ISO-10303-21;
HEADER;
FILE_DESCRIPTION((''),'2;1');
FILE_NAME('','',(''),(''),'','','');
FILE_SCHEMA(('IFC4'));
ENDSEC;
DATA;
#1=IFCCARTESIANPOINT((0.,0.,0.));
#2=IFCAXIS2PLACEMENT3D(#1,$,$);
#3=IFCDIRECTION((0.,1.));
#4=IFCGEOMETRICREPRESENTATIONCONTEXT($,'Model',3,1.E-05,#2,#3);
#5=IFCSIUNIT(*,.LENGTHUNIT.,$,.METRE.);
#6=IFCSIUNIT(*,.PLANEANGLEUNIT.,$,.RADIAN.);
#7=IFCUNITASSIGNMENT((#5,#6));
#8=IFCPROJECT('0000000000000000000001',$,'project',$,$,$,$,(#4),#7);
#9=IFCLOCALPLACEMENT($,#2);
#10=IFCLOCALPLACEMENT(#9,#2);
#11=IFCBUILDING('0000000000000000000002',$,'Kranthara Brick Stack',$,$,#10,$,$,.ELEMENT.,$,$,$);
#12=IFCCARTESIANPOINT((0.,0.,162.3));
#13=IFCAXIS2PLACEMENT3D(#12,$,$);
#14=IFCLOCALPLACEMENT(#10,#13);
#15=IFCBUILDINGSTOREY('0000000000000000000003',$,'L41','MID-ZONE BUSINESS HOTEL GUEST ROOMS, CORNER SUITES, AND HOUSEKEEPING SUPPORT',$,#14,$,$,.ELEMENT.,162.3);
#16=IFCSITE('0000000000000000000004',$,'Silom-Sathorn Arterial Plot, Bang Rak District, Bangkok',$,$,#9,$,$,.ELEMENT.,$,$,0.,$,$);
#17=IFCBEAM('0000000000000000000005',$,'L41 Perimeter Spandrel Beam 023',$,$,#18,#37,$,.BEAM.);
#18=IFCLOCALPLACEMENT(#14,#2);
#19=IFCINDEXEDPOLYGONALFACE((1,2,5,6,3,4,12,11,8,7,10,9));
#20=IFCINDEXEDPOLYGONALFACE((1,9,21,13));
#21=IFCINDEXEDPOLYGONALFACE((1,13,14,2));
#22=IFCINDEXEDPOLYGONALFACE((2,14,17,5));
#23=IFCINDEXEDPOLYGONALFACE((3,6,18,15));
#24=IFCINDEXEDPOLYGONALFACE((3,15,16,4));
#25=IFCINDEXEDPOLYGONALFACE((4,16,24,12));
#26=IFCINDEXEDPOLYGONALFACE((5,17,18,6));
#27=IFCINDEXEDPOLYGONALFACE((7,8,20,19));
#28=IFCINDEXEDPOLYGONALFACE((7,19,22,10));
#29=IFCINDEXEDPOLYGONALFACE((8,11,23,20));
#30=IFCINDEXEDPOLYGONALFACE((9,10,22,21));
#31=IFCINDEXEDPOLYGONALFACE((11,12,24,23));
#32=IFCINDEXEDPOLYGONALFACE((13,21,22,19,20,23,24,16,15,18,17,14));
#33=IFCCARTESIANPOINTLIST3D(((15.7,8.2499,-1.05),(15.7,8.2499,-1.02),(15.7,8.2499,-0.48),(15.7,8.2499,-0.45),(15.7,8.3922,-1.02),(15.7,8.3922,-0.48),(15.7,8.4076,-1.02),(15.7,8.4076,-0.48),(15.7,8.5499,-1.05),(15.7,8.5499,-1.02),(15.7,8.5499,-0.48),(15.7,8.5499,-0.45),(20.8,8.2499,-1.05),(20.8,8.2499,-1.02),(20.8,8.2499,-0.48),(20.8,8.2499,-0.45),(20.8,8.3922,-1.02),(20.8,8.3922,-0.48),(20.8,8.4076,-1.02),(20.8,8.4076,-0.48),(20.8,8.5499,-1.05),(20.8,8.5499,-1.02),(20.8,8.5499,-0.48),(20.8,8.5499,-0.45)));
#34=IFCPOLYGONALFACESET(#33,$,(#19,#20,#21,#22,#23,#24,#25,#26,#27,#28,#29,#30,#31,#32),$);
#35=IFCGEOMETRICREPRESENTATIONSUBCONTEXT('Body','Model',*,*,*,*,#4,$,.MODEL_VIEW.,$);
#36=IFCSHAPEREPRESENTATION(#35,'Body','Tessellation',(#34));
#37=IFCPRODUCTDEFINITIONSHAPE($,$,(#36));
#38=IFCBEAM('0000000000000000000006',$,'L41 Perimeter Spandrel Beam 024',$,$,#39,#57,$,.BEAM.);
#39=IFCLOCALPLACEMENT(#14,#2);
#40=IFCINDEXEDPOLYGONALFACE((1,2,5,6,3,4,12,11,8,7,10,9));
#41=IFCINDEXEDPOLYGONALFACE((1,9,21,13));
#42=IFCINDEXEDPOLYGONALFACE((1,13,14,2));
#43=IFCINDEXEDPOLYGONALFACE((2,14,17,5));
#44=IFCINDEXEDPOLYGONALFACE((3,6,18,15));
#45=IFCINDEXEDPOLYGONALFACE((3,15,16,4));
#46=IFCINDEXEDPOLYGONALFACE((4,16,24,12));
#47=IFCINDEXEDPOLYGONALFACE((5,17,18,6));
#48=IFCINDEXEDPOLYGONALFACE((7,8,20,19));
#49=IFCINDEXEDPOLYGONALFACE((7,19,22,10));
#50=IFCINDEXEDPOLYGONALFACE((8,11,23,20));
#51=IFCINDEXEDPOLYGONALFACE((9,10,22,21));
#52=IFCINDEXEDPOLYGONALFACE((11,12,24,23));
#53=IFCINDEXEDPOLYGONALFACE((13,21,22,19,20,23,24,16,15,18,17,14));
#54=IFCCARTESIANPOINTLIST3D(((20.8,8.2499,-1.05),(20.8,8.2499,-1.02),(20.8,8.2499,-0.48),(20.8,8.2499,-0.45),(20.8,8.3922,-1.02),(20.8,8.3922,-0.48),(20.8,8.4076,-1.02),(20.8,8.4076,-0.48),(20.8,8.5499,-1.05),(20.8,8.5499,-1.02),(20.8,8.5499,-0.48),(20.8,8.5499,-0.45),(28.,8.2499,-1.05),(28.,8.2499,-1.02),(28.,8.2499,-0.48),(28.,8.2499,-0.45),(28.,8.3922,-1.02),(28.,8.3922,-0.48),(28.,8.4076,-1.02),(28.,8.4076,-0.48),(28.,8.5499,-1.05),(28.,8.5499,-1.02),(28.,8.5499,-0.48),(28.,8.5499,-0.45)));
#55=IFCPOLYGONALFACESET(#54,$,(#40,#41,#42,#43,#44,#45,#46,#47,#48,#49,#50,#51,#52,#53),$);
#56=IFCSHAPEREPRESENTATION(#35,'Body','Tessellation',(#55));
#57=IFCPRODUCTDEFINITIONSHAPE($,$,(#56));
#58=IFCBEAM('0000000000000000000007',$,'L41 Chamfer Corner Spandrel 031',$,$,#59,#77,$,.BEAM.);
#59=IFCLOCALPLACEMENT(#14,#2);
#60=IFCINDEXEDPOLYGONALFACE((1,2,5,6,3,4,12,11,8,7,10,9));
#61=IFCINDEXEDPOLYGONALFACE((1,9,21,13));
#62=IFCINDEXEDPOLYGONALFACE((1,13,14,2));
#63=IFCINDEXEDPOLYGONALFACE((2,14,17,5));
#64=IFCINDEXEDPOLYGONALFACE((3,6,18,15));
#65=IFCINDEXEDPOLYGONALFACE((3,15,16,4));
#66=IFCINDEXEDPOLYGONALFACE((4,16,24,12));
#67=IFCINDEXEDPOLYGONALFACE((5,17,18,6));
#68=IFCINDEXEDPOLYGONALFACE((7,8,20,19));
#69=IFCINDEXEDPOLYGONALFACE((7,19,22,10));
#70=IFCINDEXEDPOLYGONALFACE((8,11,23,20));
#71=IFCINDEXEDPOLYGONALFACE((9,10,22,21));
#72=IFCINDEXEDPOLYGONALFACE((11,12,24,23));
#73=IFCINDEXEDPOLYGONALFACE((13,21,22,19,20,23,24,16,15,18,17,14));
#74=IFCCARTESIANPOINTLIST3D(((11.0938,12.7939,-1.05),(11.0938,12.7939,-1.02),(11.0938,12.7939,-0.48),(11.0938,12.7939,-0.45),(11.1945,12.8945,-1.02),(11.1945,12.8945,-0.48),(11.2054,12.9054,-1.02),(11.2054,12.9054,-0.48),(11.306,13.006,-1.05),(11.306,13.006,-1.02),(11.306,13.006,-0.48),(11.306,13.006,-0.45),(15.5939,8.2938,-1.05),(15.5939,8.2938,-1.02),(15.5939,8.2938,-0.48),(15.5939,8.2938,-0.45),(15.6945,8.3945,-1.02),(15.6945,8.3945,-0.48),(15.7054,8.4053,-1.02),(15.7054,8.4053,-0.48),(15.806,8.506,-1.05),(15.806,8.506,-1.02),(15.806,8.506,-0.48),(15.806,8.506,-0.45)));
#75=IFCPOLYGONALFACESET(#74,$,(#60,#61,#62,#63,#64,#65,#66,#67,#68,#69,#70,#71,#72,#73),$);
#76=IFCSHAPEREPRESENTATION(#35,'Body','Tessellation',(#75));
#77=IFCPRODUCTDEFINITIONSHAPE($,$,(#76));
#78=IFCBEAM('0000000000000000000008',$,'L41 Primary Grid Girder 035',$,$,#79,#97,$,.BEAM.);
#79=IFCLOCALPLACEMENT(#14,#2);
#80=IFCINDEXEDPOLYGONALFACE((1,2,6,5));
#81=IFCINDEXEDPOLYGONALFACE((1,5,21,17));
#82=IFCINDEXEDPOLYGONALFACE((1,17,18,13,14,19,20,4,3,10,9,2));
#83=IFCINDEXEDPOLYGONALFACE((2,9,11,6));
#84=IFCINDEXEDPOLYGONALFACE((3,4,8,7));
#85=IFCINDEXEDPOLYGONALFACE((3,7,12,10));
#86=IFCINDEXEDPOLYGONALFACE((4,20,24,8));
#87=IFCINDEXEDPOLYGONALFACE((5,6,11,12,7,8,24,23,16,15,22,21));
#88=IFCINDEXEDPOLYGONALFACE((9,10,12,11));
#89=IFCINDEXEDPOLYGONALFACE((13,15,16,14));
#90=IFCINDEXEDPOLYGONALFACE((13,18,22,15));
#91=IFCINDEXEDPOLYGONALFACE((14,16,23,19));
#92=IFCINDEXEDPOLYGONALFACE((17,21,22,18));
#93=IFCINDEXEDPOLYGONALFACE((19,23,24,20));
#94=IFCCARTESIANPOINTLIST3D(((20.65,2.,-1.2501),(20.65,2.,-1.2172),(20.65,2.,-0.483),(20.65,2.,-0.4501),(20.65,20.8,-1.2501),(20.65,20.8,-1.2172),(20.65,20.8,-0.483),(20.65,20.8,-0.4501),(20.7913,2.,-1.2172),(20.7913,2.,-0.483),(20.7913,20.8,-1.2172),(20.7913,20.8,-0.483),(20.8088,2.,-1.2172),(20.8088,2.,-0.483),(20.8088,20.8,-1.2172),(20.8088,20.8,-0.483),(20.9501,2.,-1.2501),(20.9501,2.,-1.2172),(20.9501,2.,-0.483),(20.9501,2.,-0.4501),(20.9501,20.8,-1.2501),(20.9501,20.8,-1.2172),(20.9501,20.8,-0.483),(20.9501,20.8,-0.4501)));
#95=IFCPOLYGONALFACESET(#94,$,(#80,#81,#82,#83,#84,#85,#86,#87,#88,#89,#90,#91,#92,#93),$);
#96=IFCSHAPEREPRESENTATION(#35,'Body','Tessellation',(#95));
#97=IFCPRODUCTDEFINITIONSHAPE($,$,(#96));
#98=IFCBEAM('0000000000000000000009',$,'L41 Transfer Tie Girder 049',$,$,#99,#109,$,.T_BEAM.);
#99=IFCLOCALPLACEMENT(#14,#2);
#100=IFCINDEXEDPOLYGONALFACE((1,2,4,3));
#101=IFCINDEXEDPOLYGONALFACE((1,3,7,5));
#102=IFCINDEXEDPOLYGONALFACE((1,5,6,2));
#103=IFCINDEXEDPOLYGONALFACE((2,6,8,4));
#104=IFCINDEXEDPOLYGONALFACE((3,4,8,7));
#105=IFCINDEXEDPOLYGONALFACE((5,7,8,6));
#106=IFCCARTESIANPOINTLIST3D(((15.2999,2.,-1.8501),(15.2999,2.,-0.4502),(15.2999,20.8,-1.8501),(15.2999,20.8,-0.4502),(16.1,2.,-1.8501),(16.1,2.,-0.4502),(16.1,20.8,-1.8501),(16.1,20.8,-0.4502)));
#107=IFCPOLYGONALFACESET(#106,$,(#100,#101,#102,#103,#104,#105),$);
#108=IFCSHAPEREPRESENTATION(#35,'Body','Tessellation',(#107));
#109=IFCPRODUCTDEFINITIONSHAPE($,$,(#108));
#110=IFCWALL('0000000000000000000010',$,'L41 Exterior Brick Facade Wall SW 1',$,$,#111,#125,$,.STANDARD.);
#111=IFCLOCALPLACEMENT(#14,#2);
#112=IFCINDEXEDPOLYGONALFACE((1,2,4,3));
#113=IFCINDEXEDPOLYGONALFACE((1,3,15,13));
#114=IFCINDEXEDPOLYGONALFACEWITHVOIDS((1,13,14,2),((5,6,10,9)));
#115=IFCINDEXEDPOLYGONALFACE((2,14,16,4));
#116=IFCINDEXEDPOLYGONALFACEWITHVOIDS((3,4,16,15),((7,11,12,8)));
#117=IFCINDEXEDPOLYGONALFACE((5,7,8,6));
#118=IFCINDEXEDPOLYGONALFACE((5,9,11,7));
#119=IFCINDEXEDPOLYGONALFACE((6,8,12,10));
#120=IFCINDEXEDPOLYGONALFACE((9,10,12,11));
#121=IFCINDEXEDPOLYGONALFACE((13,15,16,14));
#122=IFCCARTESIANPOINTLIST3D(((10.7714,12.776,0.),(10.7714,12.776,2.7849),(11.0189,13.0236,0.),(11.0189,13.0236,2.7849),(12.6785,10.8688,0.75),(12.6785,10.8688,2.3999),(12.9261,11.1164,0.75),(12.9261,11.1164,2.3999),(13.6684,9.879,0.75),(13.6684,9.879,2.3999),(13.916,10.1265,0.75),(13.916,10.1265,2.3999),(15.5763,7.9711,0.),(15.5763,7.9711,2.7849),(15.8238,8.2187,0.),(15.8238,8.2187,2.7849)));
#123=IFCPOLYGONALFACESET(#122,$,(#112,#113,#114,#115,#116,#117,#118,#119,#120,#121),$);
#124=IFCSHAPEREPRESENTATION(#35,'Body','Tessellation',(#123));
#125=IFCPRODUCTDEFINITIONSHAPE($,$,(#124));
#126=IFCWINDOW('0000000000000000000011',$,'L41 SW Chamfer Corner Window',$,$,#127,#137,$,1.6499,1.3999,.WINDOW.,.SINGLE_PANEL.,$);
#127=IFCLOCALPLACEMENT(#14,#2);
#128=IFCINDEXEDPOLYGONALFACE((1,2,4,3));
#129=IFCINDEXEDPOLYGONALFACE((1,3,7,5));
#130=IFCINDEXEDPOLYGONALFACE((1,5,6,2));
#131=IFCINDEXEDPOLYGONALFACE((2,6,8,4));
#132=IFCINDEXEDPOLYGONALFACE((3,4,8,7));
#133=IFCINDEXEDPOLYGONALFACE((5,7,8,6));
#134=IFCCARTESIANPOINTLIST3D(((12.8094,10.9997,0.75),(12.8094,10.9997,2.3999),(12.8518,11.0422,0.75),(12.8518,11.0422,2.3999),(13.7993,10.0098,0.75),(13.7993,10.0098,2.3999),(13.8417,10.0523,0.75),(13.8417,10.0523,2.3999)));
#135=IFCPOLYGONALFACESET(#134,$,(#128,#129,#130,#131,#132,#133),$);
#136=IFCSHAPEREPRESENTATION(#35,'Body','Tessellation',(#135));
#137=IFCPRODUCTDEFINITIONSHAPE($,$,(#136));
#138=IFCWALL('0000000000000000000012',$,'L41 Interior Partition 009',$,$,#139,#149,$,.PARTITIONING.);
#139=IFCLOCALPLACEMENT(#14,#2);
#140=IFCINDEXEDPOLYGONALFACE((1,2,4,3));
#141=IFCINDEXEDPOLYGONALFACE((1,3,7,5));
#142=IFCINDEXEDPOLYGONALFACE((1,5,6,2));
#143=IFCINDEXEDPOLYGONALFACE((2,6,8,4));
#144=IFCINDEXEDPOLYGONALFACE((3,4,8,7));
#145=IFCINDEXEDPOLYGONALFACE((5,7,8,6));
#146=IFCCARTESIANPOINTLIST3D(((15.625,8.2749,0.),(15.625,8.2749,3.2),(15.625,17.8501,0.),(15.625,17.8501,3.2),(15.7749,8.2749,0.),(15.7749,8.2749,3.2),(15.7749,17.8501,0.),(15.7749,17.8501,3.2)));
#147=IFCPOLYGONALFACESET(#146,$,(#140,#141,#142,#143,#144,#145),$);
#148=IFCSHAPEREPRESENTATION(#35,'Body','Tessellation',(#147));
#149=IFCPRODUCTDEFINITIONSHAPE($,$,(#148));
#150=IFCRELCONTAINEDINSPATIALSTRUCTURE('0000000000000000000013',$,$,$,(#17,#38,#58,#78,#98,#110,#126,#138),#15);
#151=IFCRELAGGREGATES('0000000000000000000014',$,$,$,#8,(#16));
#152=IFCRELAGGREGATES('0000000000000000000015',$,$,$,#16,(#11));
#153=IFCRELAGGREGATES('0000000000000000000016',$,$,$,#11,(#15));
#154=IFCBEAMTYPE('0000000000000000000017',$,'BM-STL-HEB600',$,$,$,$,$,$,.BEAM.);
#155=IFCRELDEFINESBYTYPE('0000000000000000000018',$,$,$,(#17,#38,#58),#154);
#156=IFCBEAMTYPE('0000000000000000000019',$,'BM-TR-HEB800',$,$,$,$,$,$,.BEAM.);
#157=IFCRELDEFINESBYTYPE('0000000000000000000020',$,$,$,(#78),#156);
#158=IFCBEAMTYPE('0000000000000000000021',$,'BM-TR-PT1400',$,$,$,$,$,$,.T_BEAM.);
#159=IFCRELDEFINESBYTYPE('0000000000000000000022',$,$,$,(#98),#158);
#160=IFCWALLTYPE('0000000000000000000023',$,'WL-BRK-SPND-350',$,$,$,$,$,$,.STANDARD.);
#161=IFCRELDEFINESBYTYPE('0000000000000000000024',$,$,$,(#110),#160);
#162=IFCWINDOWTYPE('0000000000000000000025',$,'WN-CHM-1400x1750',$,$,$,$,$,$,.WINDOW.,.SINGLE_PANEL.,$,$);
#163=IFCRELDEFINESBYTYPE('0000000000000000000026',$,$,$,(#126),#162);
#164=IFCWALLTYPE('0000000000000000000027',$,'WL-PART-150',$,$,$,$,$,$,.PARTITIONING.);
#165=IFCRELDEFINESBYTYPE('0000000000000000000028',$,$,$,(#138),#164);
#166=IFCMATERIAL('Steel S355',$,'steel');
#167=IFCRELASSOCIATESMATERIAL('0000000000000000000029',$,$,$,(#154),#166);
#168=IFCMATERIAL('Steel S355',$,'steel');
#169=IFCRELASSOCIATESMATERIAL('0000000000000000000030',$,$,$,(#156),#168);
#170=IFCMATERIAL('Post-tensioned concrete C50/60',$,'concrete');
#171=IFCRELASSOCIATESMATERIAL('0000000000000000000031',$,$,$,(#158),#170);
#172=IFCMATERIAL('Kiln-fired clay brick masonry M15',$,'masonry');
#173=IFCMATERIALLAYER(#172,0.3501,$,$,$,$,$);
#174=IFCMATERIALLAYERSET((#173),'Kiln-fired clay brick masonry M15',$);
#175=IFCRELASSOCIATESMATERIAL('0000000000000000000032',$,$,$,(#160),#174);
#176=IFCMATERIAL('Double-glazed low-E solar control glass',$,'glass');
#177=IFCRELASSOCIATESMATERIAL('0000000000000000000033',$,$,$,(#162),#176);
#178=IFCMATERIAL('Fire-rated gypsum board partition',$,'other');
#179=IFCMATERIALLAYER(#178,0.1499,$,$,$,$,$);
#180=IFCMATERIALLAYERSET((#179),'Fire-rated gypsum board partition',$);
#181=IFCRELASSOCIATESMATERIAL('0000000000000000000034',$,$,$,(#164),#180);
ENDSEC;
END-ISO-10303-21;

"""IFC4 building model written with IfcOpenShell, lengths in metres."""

from ifc_helpers import new_model, si_unit, direction, frame, frame_2d, origin, origin_2d, place, context, subcontext, project, spatial, rectangle, i_section, extrude, material, layer, layer_set, material_profile, profile_set, type_object, element, fill, save


model = new_model("IFC4")

# Units and contexts
model_context = context("Model", 3, precision=1e-05, world=origin(), true_north=direction((0.0, 1.0)))
body_context = subcontext(model_context, "Body", "Model", "MODEL_VIEW")
ifc_project = project(units=[si_unit("LENGTHUNIT", "METRE"), si_unit("PLANEANGLEUNIT", "RADIAN")], contexts=[model_context])

# Site, building, storey
site_placement = place(None, origin())
site = spatial("IfcSite", under=ifc_project, at=site_placement, Name="Silom-Sathorn Arterial Plot, Bang Rak District, Bangkok", CompositionType="ELEMENT", RefElevation=0.0)
building_placement = place(site_placement, origin())
building = spatial("IfcBuilding", under=site, at=building_placement, Name="Kranthara Brick Stack", CompositionType="ELEMENT")
storey_placement = place(building_placement, frame((0.0, 0.0, 162.3)))
storey = spatial("IfcBuildingStorey", under=building, at=storey_placement, Name="L41", Description="MID-ZONE BUSINESS HOTEL GUEST ROOMS, CORNER SUITES, AND HOUSEKEEPING SUPPORT", CompositionType="ELEMENT", Elevation=162.3)

# Beams
ifc_material_1 = material(Name="Steel S355", Category="steel")
ifc_material_profile_1 = material_profile(ifc_material_1, i_section(OverallWidth=0.3, OverallDepth=0.6001, WebThickness=0.0154, FlangeThickness=0.03, at=origin_2d()), Name="HEB 600")
ifc_profile_set_1 = profile_set([ifc_material_profile_1], Name="Steel S355")
beam_type_1 = type_object("IfcBeamType", Name="BM-STL-HEB600", PredefinedType="BEAM", material=ifc_profile_set_1)
beam_1_placement = place(storey_placement, frame((15.7, 8.3999, -0.75), z_axis=(1.0, 0.0, 0.0), x_axis=(0.0, 1.0, 0.0)))
element("IfcBeam", 1, at=beam_1_placement, inside=storey, type_object=beam_type_1, Name="L41 Perimeter Spandrel Beam 023", PredefinedType="BEAM", context=body_context, shape_type="SweptSolid", body=[
    extrude(i_section(OverallWidth=0.3, OverallDepth=0.6001, WebThickness=0.0154, FlangeThickness=0.03, at=origin_2d()), origin(), (0.0, 0.0, 1.0), 5.1001),
])
beam_2_placement = place(storey_placement, frame((20.8, 8.3999, -0.75), z_axis=(1.0, 0.0, 0.0), x_axis=(0.0, 1.0, 0.0)))
element("IfcBeam", 2, at=beam_2_placement, inside=storey, type_object=beam_type_1, Name="L41 Perimeter Spandrel Beam 024", PredefinedType="BEAM", context=body_context, shape_type="SweptSolid", body=[
    extrude(i_section(OverallWidth=0.3, OverallDepth=0.6001, WebThickness=0.0154, FlangeThickness=0.03, at=origin_2d()), origin(), (0.0, 0.0, 1.0), 7.2),
])
beam_3_placement = place(storey_placement, frame((15.7, 8.3999, -0.75), z_axis=(-0.707107, 0.707107, 0.0), x_axis=(-0.707107, -0.707107, 0.0)))
element("IfcBeam", 3, at=beam_3_placement, inside=storey, type_object=beam_type_1, Name="L41 Chamfer Corner Spandrel 031", PredefinedType="BEAM", context=body_context, shape_type="SweptSolid", body=[
    extrude(i_section(OverallWidth=0.3, OverallDepth=0.6001, WebThickness=0.0154, FlangeThickness=0.03, at=origin_2d()), origin(), (0.0, 0.0, 1.0), 6.364),
])
ifc_material_2 = material(Name="Steel S355", Category="steel")
ifc_material_profile_2 = material_profile(ifc_material_2, i_section(OverallWidth=0.3, OverallDepth=0.8, WebThickness=0.0176, FlangeThickness=0.033, at=origin_2d()), Name="HEB 800")
ifc_profile_set_2 = profile_set([ifc_material_profile_2], Name="Steel S355")
beam_type_2 = type_object("IfcBeamType", Name="BM-TR-HEB800", PredefinedType="BEAM", material=ifc_profile_set_2)
beam_4_placement = place(storey_placement, frame((20.8, 2.0, -0.8501), z_axis=(0.0, 1.0, 0.0), x_axis=(-1.0, 0.0, 0.0)))
element("IfcBeam", 4, at=beam_4_placement, inside=storey, type_object=beam_type_2, Name="L41 Primary Grid Girder 035", PredefinedType="BEAM", context=body_context, shape_type="SweptSolid", body=[
    extrude(i_section(OverallWidth=0.3, OverallDepth=0.8, WebThickness=0.0176, FlangeThickness=0.033, at=origin_2d()), origin(), (0.0, 0.0, 1.0), 18.8),
])
ifc_material_3 = material(Name="Post-tensioned concrete C50/60", Category="concrete")
ifc_material_profile_3 = material_profile(ifc_material_3, rectangle(XDim=0.8, YDim=1.3999, at=origin_2d()), Name="PT 800x1400")
ifc_profile_set_3 = profile_set([ifc_material_profile_3], Name="Post-tensioned concrete C50/60")
beam_type_3 = type_object("IfcBeamType", Name="BM-TR-PT1400", PredefinedType="T_BEAM", material=ifc_profile_set_3)
beam_5_placement = place(storey_placement, frame((15.7, 2.0, -1.1501), z_axis=(0.0, 1.0, 0.0), x_axis=(-1.0, 0.0, 0.0)))
element("IfcBeam", 5, at=beam_5_placement, inside=storey, type_object=beam_type_3, Name="L41 Transfer Tie Girder 049", PredefinedType="T_BEAM", context=body_context, shape_type="SweptSolid", body=[
    extrude(rectangle(XDim=0.8, YDim=1.3999, at=origin_2d()), origin(), (0.0, 0.0, 1.0), 18.8),
])

# Wall, opening, window
ifc_material_4 = material(Name="Kiln-fired clay brick masonry M15", Category="masonry")
ifc_layer_1 = layer(ifc_material_4, 0.3501)
ifc_layer_set_1 = layer_set([ifc_layer_1], Name="Kiln-fired clay brick masonry M15")
wall_type_1 = type_object("IfcWallType", Name="WL-BRK-SPND-350", PredefinedType="STANDARD", material=ifc_layer_set_1)
wall_1_placement = place(storey_placement, frame((15.7, 8.095, 0.0), z_axis=(0.0, 0.0, 1.0), x_axis=(-0.707107, 0.707107, 0.0)))
wall_1 = element("IfcWall", 6, at=wall_1_placement, inside=storey, type_object=wall_type_1, Name="L41 Exterior Brick Facade Wall SW 1", PredefinedType="STANDARD", context=body_context, shape_type="SweptSolid", body=[
    extrude(rectangle(XDim=6.7952, YDim=0.3501, at=frame_2d((3.3975, 0.0))), origin(), (0.0, 0.0, 1.0), 2.7849),
])
opening_placement = place(wall_1_placement, frame((2.698, 0.0, 0.75)))
opening = element("IfcOpeningElement", 7, at=opening_placement, cuts=wall_1, PredefinedType="OPENING", context=body_context, shape_type="SweptSolid", body=[
    extrude(rectangle(XDim=1.3999, YDim=1.6499, at=frame_2d((0.7, 0.825))), frame((0.0, 0.1851, 0.0), z_axis=(0.0, -1.0, 0.0), x_axis=(1.0, 0.0, 0.0)), (0.0, 0.0, 1.0), 0.3701),
])
ifc_material_5 = material(Name="Double-glazed low-E solar control glass", Category="glass")
window_type = type_object("IfcWindowType", Name="WN-CHM-1400x1750", PartitioningType="SINGLE_PANEL", PredefinedType="WINDOW", material=ifc_material_5)
window_placement = place(opening_placement, origin())
window = element("IfcWindow", 8, at=window_placement, inside=storey, type_object=window_type, Name="L41 SW Chamfer Corner Window", OverallHeight=1.6499, OverallWidth=1.3999, PartitioningType="SINGLE_PANEL", PredefinedType="WINDOW", context=body_context, shape_type="SweptSolid", body=[
    extrude(rectangle(XDim=1.3999, YDim=1.6499, at=frame_2d((0.7, 0.825))), frame((0.0, -0.01, 0.0), z_axis=(0.0, -1.0, 0.0), x_axis=(1.0, 0.0, 0.0)), (0.0, 0.0, 1.0), 0.0601),
])
fill(opening, window)

# Wall
ifc_material_6 = material(Name="Fire-rated gypsum board partition", Category="other")
ifc_layer_2 = layer(ifc_material_6, 0.1499)
ifc_layer_set_2 = layer_set([ifc_layer_2], Name="Fire-rated gypsum board partition")
wall_type_2 = type_object("IfcWallType", Name="WL-PART-150", PredefinedType="PARTITIONING", material=ifc_layer_set_2)
wall_2_placement = place(storey_placement, frame((15.7, 8.2749, 0.0), z_axis=(0.0, 0.0, 1.0), x_axis=(0.0, 1.0, 0.0)))
element("IfcWall", 9, at=wall_2_placement, inside=storey, type_object=wall_type_2, Name="L41 Interior Partition 009", PredefinedType="PARTITIONING", context=body_context, shape_type="SweptSolid", body=[
    extrude(rectangle(XDim=9.5752, YDim=0.1499, at=frame_2d((4.7876, 0.0))), origin(), (0.0, 0.0, 1.0), 3.2),
])

save(model, "model.ifc")
